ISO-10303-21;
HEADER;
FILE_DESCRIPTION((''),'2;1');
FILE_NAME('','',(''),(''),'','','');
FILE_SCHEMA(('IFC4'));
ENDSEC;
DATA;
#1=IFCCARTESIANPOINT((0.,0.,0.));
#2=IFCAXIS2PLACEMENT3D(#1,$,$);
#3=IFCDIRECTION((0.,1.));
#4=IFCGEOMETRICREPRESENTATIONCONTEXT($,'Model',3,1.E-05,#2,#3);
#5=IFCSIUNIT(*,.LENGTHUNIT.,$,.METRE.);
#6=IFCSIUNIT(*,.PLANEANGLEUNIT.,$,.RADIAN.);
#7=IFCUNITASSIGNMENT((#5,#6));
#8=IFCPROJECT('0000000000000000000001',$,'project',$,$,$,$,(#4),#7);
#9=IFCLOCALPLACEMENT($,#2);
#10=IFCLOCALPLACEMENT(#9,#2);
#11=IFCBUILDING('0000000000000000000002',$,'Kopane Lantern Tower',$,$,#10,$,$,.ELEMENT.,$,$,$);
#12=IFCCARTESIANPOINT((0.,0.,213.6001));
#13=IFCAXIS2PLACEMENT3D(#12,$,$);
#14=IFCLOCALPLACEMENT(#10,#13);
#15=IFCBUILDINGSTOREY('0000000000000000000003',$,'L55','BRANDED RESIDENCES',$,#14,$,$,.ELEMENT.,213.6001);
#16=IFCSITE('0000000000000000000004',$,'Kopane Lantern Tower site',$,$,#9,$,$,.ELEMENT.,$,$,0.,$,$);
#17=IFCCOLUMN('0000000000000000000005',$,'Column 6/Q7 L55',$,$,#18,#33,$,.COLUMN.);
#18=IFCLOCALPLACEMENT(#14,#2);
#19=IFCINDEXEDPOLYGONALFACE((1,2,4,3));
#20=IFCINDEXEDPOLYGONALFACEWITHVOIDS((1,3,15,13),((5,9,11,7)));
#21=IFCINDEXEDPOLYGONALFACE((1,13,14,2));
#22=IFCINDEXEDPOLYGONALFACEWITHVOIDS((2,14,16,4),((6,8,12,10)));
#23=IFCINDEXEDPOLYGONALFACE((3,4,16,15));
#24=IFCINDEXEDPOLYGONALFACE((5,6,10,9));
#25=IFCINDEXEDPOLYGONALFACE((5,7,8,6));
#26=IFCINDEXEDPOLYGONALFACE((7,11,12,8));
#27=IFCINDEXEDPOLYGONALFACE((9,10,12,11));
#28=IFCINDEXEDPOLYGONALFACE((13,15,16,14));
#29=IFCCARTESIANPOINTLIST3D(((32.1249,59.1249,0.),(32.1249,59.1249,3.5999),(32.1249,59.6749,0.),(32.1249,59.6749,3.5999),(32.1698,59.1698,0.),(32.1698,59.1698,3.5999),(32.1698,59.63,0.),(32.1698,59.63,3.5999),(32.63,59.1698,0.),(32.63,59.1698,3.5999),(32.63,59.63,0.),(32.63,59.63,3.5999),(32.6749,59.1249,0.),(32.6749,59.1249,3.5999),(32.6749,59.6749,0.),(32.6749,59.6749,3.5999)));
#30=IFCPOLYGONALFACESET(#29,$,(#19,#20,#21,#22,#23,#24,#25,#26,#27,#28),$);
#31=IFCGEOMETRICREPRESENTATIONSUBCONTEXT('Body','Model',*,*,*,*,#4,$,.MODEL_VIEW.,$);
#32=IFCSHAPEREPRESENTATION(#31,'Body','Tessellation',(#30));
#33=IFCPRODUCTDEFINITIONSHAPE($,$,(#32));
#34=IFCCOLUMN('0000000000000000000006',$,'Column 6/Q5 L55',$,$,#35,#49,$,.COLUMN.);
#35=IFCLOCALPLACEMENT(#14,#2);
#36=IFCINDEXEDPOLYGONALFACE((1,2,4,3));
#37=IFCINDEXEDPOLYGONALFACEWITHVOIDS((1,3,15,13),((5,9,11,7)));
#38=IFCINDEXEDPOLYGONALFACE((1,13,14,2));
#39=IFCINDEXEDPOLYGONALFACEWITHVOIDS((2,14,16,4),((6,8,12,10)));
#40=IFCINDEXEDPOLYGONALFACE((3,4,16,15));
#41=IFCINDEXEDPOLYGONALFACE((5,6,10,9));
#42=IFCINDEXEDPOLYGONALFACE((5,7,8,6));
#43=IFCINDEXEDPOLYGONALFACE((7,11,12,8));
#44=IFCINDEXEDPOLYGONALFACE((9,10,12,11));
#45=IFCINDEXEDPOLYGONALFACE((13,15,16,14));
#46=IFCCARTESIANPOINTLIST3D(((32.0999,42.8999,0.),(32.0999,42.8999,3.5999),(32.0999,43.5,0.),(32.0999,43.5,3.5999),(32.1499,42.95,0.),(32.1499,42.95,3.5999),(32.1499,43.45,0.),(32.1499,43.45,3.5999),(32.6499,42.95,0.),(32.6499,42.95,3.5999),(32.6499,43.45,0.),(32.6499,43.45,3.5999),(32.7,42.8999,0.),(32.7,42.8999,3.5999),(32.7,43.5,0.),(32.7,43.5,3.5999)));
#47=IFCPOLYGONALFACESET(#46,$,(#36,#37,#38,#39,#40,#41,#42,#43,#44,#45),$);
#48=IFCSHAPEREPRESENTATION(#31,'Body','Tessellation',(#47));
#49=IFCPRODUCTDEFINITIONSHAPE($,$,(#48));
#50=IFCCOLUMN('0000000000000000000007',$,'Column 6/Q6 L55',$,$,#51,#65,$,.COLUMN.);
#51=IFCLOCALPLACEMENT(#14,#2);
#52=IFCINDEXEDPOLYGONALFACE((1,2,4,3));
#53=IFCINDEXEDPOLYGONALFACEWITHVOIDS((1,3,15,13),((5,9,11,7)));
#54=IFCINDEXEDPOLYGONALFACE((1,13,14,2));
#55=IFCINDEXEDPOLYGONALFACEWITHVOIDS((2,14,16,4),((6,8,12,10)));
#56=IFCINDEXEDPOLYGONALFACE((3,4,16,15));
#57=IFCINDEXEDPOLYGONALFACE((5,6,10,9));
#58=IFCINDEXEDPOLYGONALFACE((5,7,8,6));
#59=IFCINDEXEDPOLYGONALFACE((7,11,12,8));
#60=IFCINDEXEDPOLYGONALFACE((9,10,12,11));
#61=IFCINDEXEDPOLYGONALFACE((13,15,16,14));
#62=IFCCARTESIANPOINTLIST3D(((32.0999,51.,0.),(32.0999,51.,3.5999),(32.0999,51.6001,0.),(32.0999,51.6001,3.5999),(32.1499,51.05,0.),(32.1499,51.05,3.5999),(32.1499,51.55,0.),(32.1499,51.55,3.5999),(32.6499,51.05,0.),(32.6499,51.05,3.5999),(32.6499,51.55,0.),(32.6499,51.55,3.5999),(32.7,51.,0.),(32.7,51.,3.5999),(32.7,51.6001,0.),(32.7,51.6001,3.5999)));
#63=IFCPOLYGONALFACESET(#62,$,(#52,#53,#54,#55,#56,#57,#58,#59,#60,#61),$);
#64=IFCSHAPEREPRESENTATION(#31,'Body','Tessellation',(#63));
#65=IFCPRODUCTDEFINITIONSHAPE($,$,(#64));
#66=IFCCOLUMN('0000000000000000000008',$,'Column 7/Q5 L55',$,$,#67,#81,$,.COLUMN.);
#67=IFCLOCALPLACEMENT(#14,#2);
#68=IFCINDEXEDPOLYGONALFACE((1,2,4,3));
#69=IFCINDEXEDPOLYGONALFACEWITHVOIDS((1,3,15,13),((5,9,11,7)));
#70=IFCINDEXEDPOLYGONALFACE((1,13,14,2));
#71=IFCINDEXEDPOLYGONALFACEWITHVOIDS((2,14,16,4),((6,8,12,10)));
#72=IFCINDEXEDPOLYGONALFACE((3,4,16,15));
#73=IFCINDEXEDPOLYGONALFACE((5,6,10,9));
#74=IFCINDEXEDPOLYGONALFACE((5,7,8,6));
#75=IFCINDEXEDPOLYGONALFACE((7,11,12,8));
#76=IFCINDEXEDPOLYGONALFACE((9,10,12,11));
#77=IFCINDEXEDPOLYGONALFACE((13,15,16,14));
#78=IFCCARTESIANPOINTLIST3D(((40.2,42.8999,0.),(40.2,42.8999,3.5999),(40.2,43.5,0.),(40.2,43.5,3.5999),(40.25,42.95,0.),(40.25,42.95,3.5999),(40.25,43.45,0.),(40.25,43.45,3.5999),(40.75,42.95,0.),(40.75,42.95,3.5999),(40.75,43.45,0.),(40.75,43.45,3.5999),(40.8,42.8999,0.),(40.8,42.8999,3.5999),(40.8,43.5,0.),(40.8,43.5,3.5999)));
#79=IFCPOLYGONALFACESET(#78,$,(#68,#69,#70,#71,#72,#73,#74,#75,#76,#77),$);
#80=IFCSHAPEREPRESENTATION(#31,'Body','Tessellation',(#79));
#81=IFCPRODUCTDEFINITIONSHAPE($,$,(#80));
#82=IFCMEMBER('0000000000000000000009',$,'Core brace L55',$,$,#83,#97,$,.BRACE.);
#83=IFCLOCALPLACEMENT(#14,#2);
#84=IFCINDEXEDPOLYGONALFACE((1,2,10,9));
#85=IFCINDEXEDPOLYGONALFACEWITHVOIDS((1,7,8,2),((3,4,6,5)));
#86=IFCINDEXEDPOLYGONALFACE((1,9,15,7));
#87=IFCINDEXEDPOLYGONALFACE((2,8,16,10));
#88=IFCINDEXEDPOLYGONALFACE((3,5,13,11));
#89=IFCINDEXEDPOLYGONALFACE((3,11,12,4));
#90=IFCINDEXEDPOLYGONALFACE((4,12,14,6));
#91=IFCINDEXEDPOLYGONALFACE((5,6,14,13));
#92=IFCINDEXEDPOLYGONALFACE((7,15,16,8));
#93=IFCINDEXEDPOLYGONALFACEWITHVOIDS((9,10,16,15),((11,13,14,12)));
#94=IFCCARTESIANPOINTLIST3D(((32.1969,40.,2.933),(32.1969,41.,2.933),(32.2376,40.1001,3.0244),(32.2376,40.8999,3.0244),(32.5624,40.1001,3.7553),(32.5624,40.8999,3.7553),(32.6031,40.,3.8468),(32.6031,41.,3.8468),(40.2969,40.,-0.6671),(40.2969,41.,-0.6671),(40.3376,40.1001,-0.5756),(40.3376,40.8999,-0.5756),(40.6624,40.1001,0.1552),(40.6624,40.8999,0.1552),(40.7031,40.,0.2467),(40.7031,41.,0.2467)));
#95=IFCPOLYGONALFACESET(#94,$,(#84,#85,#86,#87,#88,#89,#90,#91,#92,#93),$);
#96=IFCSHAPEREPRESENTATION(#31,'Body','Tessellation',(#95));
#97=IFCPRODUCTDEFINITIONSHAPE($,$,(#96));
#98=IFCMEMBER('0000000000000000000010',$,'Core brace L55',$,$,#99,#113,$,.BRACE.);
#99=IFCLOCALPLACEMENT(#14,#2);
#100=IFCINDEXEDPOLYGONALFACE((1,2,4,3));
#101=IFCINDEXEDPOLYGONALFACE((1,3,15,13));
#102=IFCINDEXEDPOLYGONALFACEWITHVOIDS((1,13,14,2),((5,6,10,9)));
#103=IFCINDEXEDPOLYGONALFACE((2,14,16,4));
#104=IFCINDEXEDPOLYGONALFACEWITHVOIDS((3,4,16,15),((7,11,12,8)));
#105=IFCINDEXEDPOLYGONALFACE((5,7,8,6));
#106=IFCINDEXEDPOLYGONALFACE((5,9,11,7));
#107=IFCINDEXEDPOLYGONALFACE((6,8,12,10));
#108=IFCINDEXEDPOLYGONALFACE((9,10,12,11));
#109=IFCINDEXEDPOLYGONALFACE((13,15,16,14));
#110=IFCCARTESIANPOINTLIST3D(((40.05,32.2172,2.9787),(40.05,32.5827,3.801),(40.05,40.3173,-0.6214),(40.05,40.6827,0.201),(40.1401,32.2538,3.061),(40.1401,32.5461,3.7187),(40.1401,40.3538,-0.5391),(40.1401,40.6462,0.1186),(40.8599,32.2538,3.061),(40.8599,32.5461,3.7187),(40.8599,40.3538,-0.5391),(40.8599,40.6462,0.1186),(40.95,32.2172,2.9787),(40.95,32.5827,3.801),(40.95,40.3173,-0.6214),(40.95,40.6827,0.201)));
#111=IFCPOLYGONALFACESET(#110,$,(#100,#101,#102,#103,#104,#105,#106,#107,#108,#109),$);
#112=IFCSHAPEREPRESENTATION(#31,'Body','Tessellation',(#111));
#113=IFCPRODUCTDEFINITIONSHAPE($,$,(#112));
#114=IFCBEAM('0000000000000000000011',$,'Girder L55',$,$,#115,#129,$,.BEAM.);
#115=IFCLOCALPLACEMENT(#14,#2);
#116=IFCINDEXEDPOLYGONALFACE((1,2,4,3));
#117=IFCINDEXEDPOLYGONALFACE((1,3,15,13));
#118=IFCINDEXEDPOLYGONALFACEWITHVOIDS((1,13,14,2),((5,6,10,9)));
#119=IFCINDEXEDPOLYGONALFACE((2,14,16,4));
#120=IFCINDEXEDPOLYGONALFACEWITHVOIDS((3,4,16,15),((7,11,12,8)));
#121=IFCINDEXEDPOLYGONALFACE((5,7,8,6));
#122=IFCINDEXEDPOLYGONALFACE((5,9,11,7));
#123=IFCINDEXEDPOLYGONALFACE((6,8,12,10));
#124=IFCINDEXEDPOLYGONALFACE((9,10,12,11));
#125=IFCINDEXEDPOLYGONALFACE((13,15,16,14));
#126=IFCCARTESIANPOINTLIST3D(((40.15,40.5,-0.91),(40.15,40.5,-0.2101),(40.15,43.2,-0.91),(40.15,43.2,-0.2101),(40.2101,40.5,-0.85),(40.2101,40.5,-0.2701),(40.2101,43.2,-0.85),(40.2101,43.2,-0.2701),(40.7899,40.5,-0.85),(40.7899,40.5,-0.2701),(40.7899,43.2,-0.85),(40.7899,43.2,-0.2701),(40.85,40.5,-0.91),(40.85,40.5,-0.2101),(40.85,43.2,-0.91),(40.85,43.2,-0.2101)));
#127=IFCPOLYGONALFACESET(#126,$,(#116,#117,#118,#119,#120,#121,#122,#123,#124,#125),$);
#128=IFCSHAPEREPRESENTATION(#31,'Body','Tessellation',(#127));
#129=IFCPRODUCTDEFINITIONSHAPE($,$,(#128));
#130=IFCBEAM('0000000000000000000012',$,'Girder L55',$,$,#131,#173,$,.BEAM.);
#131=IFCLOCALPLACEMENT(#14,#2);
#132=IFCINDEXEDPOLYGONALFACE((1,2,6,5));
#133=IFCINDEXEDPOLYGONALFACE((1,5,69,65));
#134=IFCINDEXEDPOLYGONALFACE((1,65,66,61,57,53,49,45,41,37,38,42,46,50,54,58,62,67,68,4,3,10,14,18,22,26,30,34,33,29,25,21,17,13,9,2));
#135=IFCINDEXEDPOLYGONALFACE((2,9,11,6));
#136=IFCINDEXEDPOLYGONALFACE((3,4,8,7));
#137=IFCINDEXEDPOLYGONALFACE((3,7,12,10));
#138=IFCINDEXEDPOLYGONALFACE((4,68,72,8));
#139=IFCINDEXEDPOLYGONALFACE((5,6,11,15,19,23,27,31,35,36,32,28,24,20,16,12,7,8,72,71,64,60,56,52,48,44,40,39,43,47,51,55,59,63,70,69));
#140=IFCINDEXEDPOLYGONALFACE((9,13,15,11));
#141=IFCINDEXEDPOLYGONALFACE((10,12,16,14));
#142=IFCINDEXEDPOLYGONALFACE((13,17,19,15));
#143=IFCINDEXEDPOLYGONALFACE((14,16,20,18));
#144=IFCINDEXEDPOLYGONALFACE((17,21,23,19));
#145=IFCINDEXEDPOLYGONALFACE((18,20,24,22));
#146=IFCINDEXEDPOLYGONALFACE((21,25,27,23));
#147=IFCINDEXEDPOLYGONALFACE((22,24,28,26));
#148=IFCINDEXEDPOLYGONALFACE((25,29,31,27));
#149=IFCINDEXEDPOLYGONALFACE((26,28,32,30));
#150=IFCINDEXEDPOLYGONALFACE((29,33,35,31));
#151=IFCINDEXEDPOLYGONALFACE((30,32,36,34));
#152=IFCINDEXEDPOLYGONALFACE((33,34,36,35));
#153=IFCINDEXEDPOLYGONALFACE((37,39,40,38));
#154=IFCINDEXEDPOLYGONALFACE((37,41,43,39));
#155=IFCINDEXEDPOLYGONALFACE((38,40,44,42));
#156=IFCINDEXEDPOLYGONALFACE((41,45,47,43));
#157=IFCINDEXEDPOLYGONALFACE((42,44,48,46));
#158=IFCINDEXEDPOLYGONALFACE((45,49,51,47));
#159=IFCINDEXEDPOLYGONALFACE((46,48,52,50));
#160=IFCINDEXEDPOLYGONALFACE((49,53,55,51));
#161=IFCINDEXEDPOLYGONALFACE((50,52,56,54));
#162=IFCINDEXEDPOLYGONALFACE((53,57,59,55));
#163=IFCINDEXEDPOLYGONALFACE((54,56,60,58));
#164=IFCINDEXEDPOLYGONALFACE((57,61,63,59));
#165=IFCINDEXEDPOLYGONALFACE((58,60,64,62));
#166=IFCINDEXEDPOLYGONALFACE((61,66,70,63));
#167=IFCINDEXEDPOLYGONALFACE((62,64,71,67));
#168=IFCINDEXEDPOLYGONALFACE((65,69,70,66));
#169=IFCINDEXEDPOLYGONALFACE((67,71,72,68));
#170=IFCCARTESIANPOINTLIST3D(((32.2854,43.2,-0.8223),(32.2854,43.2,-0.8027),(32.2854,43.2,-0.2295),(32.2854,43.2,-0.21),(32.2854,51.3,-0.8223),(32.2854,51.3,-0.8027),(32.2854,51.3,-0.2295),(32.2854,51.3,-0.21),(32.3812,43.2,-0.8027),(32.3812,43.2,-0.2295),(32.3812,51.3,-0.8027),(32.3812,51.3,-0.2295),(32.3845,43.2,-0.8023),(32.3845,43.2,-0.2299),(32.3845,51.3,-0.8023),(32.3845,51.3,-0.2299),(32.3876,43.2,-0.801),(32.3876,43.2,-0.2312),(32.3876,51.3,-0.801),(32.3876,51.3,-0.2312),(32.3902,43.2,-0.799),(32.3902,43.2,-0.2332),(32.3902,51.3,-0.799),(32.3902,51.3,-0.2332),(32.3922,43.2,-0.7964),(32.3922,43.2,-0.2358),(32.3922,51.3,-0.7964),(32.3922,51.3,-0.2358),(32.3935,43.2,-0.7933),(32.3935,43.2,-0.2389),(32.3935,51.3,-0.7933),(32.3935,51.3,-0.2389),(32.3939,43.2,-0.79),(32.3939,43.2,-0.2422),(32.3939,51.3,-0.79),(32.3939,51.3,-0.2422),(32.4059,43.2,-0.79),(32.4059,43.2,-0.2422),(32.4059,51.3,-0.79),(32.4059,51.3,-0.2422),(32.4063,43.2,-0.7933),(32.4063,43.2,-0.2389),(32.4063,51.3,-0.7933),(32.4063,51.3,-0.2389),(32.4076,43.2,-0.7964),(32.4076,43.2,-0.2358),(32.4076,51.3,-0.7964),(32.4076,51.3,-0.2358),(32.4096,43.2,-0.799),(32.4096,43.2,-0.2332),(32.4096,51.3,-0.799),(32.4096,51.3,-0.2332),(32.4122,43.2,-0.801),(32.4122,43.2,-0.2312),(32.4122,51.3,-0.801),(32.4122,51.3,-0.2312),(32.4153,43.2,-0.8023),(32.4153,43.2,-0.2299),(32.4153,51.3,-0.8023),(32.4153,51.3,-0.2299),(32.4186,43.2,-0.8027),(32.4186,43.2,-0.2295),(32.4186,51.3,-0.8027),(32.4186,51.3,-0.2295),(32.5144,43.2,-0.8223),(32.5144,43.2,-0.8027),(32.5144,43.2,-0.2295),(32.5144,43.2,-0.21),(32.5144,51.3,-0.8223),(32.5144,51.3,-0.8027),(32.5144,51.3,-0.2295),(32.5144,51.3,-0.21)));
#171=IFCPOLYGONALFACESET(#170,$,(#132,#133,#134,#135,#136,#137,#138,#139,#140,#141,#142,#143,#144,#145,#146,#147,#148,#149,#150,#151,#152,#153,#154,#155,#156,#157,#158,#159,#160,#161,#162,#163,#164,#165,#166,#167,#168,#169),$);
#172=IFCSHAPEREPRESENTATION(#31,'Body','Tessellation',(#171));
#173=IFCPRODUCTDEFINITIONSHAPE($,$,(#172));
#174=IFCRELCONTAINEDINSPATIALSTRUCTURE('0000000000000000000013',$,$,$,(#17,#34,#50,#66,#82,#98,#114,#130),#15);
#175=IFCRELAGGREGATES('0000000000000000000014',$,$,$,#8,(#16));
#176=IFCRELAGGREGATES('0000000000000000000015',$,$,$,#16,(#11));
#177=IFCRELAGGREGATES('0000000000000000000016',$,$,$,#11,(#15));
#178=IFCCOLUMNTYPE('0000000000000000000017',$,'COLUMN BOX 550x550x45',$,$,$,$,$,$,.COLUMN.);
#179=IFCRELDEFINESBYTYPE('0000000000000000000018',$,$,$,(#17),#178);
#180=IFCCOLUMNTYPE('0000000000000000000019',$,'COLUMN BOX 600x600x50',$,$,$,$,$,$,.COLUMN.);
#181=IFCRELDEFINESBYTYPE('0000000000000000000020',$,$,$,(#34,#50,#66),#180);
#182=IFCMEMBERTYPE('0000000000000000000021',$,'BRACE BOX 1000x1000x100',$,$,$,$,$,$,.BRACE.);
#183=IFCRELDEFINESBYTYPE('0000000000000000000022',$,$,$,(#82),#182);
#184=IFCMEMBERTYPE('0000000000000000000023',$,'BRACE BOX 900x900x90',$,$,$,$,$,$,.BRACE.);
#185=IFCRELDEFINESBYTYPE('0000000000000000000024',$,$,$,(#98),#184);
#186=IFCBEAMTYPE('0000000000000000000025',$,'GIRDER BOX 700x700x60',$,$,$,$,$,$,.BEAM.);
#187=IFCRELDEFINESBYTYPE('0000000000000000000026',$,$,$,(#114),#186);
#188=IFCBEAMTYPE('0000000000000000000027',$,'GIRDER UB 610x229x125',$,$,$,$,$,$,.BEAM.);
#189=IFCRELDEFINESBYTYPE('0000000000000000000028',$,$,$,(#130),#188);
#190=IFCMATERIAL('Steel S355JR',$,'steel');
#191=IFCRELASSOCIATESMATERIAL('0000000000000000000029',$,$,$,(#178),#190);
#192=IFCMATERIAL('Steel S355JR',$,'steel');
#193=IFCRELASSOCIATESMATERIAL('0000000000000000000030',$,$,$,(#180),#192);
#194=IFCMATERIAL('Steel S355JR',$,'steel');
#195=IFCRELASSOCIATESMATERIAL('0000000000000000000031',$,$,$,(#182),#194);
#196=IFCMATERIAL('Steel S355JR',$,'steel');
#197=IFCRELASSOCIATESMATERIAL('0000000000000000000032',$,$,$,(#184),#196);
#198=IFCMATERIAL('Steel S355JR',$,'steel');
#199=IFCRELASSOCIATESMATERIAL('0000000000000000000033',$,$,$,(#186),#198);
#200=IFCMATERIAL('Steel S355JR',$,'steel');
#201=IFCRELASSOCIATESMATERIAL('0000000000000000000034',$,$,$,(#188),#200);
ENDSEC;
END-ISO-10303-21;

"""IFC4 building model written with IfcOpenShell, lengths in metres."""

from ifc_helpers import new_model, si_unit, direction, frame, origin, origin_2d, place, context, subcontext, project, spatial, hollow_rectangle, i_section, extrude, material, material_profile, profile_set, type_object, element, save


model = new_model("IFC4")

# Units and contexts
model_context = context("Model", 3, precision=1e-05, world=origin(), true_north=direction((0.0, 1.0)))
body_context = subcontext(model_context, "Body", "Model", "MODEL_VIEW")
ifc_project = project(units=[si_unit("LENGTHUNIT", "METRE"), si_unit("PLANEANGLEUNIT", "RADIAN")], contexts=[model_context])

# Site, building, storey
site_placement = place(None, origin())
site = spatial("IfcSite", under=ifc_project, at=site_placement, Name="Kopane Lantern Tower site", CompositionType="ELEMENT", RefElevation=0.0)
building_placement = place(site_placement, origin())
building = spatial("IfcBuilding", under=site, at=building_placement, Name="Kopane Lantern Tower", CompositionType="ELEMENT")
storey_placement = place(building_placement, frame((0.0, 0.0, 213.6001)))
storey = spatial("IfcBuildingStorey", under=building, at=storey_placement, Name="L55", Description="BRANDED RESIDENCES", CompositionType="ELEMENT", Elevation=213.6001)

# Columns
ifc_material_1 = material(Name="Steel S355JR", Category="steel")
ifc_material_profile_1 = material_profile(ifc_material_1, hollow_rectangle(XDim=0.55, YDim=0.55, WallThickness=0.0449, at=origin_2d()), Name="BOX 550x550x45")
ifc_profile_set_1 = profile_set([ifc_material_profile_1], Name="Steel S355JR")
column_type_1 = type_object("IfcColumnType", Name="COLUMN BOX 550x550x45", PredefinedType="COLUMN", material=ifc_profile_set_1)
column_placement = place(storey_placement, frame((32.3999, 59.3999, 0.0), z_axis=(0.0, 0.0, 1.0), x_axis=(1.0, 0.0, 0.0)))
element("IfcColumn", 1, at=column_placement, inside=storey, type_object=column_type_1, Name="Column 6/Q7 L55", PredefinedType="COLUMN", context=body_context, shape_type="SweptSolid", body=[
    extrude(hollow_rectangle(XDim=0.55, YDim=0.55, WallThickness=0.0449, at=origin_2d()), origin(), (0.0, 0.0, 1.0), 3.5999),
])
ifc_material_2 = material(Name="Steel S355JR", Category="steel")
ifc_material_profile_2 = material_profile(ifc_material_2, hollow_rectangle(XDim=0.6001, YDim=0.6001, WallThickness=0.05, at=origin_2d()), Name="BOX 600x600x50")
ifc_profile_set_2 = profile_set([ifc_material_profile_2], Name="Steel S355JR")
column_type_2 = type_object("IfcColumnType", Name="COLUMN BOX 600x600x50", PredefinedType="COLUMN", material=ifc_profile_set_2)
for number, where, z_axis, x_axis, name in (
    (2, (32.3999, 43.2, 0.0), (0.0, 0.0, 1.0), (1.0, 0.0, 0.0), "Column 6/Q5 L55"),
    (3, (32.3999, 51.3, 0.0), (0.0, 0.0, 1.0), (1.0, 0.0, 0.0), "Column 6/Q6 L55"),
    (4, (40.5, 43.2, 0.0), (0.0, 0.0, 1.0), (1.0, 0.0, 0.0), "Column 7/Q5 L55"),
):
    element("IfcColumn", number, at=place(storey_placement, frame(where, z_axis=z_axis, x_axis=x_axis)), inside=storey, type_object=column_type_2, Name=name, PredefinedType="COLUMN", context=body_context, shape_type="SweptSolid", body=[
        extrude(hollow_rectangle(XDim=0.6001, YDim=0.6001, WallThickness=0.05, at=origin_2d()), origin(), (0.0, 0.0, 1.0), 3.5999),
    ])

# Members
ifc_material_3 = material(Name="Steel S355JR", Category="steel")
ifc_material_profile_3 = material_profile(ifc_material_3, hollow_rectangle(XDim=1.0, YDim=1.0, WallThickness=0.1001, at=origin_2d()), Name="BOX 1000x1000x100")
ifc_profile_set_3 = profile_set([ifc_material_profile_3], Name="Steel S355JR")
member_type_1 = type_object("IfcMemberType", Name="BRACE BOX 1000x1000x100", PredefinedType="BRACE", material=ifc_profile_set_3)
member_1_placement = place(storey_placement, frame((40.5, 40.5, -0.2102), z_axis=(-0.913809, 0.0, 0.406144), x_axis=(0.0, -1.0, 0.0)))
element("IfcMember", 5, at=member_1_placement, inside=storey, type_object=member_type_1, Name="Core brace L55", PredefinedType="BRACE", context=body_context, shape_type="SweptSolid", body=[
    extrude(hollow_rectangle(XDim=1.0, YDim=1.0, WallThickness=0.1001, at=origin_2d()), origin(), (0.0, 0.0, 1.0), 8.864),
])
ifc_material_4 = material(Name="Steel S355JR", Category="steel")
ifc_material_profile_4 = material_profile(ifc_material_4, hollow_rectangle(XDim=0.8999, YDim=0.8999, WallThickness=0.0901, at=origin_2d()), Name="BOX 900x900x90")
ifc_profile_set_4 = profile_set([ifc_material_profile_4], Name="Steel S355JR")
member_type_2 = type_object("IfcMemberType", Name="BRACE BOX 900x900x90", PredefinedType="BRACE", material=ifc_profile_set_4)
member_2_placement = place(storey_placement, frame((40.5, 40.5, -0.2102), z_axis=(0.0, -0.913809, 0.406144), x_axis=(1.0, 0.0, 0.0)))
element("IfcMember", 6, at=member_2_placement, inside=storey, type_object=member_type_2, Name="Core brace L55", PredefinedType="BRACE", context=body_context, shape_type="SweptSolid", body=[
    extrude(hollow_rectangle(XDim=0.8999, YDim=0.8999, WallThickness=0.0901, at=origin_2d()), origin(), (0.0, 0.0, 1.0), 8.864),
])

# Beams
ifc_material_5 = material(Name="Steel S355JR", Category="steel")
ifc_material_profile_5 = material_profile(ifc_material_5, hollow_rectangle(XDim=0.7, YDim=0.7, WallThickness=0.0601, at=origin_2d()), Name="BOX 700x700x60")
ifc_profile_set_5 = profile_set([ifc_material_profile_5], Name="Steel S355JR")
beam_type_1 = type_object("IfcBeamType", Name="GIRDER BOX 700x700x60", PredefinedType="BEAM", material=ifc_profile_set_5)
beam_1_placement = place(storey_placement, frame((40.5, 40.5, -0.5601), z_axis=(0.0, 1.0, 0.0), x_axis=(-1.0, 0.0, 0.0)))
element("IfcBeam", 7, at=beam_1_placement, inside=storey, type_object=beam_type_1, Name="Girder L55", PredefinedType="BEAM", context=body_context, shape_type="SweptSolid", body=[
    extrude(hollow_rectangle(XDim=0.7, YDim=0.7, WallThickness=0.0601, at=origin_2d()), origin(), (0.0, 0.0, 1.0), 2.7),
])
ifc_material_6 = material(Name="Steel S355JR", Category="steel")
ifc_material_profile_6 = material_profile(ifc_material_6, i_section(OverallWidth=0.229, OverallDepth=0.6123, WebThickness=0.012, FlangeThickness=0.0195, FilletRadius=0.0127, at=origin_2d()), Name="UB 610x229x125")
ifc_profile_set_6 = profile_set([ifc_material_profile_6], Name="Steel S355JR")
beam_type_2 = type_object("IfcBeamType", Name="GIRDER UB 610x229x125", PredefinedType="BEAM", material=ifc_profile_set_6)
for number, where, z_axis, x_axis, name in (
    (8, (32.3999, 43.2, -0.5161), (0.0, 1.0, 0.0), (-1.0, 0.0, 0.0), "Girder L55"),
):
    element("IfcBeam", number, at=place(storey_placement, frame(where, z_axis=z_axis, x_axis=x_axis)), inside=storey, type_object=beam_type_2, Name=name, PredefinedType="BEAM", context=body_context, shape_type="SweptSolid", body=[
        extrude(i_section(OverallWidth=0.229, OverallDepth=0.6123, WebThickness=0.012, FlangeThickness=0.0195, FilletRadius=0.0127, at=origin_2d()), origin(), (0.0, 0.0, 1.0), 8.1001),
    ])

save(model, "model.ifc")
